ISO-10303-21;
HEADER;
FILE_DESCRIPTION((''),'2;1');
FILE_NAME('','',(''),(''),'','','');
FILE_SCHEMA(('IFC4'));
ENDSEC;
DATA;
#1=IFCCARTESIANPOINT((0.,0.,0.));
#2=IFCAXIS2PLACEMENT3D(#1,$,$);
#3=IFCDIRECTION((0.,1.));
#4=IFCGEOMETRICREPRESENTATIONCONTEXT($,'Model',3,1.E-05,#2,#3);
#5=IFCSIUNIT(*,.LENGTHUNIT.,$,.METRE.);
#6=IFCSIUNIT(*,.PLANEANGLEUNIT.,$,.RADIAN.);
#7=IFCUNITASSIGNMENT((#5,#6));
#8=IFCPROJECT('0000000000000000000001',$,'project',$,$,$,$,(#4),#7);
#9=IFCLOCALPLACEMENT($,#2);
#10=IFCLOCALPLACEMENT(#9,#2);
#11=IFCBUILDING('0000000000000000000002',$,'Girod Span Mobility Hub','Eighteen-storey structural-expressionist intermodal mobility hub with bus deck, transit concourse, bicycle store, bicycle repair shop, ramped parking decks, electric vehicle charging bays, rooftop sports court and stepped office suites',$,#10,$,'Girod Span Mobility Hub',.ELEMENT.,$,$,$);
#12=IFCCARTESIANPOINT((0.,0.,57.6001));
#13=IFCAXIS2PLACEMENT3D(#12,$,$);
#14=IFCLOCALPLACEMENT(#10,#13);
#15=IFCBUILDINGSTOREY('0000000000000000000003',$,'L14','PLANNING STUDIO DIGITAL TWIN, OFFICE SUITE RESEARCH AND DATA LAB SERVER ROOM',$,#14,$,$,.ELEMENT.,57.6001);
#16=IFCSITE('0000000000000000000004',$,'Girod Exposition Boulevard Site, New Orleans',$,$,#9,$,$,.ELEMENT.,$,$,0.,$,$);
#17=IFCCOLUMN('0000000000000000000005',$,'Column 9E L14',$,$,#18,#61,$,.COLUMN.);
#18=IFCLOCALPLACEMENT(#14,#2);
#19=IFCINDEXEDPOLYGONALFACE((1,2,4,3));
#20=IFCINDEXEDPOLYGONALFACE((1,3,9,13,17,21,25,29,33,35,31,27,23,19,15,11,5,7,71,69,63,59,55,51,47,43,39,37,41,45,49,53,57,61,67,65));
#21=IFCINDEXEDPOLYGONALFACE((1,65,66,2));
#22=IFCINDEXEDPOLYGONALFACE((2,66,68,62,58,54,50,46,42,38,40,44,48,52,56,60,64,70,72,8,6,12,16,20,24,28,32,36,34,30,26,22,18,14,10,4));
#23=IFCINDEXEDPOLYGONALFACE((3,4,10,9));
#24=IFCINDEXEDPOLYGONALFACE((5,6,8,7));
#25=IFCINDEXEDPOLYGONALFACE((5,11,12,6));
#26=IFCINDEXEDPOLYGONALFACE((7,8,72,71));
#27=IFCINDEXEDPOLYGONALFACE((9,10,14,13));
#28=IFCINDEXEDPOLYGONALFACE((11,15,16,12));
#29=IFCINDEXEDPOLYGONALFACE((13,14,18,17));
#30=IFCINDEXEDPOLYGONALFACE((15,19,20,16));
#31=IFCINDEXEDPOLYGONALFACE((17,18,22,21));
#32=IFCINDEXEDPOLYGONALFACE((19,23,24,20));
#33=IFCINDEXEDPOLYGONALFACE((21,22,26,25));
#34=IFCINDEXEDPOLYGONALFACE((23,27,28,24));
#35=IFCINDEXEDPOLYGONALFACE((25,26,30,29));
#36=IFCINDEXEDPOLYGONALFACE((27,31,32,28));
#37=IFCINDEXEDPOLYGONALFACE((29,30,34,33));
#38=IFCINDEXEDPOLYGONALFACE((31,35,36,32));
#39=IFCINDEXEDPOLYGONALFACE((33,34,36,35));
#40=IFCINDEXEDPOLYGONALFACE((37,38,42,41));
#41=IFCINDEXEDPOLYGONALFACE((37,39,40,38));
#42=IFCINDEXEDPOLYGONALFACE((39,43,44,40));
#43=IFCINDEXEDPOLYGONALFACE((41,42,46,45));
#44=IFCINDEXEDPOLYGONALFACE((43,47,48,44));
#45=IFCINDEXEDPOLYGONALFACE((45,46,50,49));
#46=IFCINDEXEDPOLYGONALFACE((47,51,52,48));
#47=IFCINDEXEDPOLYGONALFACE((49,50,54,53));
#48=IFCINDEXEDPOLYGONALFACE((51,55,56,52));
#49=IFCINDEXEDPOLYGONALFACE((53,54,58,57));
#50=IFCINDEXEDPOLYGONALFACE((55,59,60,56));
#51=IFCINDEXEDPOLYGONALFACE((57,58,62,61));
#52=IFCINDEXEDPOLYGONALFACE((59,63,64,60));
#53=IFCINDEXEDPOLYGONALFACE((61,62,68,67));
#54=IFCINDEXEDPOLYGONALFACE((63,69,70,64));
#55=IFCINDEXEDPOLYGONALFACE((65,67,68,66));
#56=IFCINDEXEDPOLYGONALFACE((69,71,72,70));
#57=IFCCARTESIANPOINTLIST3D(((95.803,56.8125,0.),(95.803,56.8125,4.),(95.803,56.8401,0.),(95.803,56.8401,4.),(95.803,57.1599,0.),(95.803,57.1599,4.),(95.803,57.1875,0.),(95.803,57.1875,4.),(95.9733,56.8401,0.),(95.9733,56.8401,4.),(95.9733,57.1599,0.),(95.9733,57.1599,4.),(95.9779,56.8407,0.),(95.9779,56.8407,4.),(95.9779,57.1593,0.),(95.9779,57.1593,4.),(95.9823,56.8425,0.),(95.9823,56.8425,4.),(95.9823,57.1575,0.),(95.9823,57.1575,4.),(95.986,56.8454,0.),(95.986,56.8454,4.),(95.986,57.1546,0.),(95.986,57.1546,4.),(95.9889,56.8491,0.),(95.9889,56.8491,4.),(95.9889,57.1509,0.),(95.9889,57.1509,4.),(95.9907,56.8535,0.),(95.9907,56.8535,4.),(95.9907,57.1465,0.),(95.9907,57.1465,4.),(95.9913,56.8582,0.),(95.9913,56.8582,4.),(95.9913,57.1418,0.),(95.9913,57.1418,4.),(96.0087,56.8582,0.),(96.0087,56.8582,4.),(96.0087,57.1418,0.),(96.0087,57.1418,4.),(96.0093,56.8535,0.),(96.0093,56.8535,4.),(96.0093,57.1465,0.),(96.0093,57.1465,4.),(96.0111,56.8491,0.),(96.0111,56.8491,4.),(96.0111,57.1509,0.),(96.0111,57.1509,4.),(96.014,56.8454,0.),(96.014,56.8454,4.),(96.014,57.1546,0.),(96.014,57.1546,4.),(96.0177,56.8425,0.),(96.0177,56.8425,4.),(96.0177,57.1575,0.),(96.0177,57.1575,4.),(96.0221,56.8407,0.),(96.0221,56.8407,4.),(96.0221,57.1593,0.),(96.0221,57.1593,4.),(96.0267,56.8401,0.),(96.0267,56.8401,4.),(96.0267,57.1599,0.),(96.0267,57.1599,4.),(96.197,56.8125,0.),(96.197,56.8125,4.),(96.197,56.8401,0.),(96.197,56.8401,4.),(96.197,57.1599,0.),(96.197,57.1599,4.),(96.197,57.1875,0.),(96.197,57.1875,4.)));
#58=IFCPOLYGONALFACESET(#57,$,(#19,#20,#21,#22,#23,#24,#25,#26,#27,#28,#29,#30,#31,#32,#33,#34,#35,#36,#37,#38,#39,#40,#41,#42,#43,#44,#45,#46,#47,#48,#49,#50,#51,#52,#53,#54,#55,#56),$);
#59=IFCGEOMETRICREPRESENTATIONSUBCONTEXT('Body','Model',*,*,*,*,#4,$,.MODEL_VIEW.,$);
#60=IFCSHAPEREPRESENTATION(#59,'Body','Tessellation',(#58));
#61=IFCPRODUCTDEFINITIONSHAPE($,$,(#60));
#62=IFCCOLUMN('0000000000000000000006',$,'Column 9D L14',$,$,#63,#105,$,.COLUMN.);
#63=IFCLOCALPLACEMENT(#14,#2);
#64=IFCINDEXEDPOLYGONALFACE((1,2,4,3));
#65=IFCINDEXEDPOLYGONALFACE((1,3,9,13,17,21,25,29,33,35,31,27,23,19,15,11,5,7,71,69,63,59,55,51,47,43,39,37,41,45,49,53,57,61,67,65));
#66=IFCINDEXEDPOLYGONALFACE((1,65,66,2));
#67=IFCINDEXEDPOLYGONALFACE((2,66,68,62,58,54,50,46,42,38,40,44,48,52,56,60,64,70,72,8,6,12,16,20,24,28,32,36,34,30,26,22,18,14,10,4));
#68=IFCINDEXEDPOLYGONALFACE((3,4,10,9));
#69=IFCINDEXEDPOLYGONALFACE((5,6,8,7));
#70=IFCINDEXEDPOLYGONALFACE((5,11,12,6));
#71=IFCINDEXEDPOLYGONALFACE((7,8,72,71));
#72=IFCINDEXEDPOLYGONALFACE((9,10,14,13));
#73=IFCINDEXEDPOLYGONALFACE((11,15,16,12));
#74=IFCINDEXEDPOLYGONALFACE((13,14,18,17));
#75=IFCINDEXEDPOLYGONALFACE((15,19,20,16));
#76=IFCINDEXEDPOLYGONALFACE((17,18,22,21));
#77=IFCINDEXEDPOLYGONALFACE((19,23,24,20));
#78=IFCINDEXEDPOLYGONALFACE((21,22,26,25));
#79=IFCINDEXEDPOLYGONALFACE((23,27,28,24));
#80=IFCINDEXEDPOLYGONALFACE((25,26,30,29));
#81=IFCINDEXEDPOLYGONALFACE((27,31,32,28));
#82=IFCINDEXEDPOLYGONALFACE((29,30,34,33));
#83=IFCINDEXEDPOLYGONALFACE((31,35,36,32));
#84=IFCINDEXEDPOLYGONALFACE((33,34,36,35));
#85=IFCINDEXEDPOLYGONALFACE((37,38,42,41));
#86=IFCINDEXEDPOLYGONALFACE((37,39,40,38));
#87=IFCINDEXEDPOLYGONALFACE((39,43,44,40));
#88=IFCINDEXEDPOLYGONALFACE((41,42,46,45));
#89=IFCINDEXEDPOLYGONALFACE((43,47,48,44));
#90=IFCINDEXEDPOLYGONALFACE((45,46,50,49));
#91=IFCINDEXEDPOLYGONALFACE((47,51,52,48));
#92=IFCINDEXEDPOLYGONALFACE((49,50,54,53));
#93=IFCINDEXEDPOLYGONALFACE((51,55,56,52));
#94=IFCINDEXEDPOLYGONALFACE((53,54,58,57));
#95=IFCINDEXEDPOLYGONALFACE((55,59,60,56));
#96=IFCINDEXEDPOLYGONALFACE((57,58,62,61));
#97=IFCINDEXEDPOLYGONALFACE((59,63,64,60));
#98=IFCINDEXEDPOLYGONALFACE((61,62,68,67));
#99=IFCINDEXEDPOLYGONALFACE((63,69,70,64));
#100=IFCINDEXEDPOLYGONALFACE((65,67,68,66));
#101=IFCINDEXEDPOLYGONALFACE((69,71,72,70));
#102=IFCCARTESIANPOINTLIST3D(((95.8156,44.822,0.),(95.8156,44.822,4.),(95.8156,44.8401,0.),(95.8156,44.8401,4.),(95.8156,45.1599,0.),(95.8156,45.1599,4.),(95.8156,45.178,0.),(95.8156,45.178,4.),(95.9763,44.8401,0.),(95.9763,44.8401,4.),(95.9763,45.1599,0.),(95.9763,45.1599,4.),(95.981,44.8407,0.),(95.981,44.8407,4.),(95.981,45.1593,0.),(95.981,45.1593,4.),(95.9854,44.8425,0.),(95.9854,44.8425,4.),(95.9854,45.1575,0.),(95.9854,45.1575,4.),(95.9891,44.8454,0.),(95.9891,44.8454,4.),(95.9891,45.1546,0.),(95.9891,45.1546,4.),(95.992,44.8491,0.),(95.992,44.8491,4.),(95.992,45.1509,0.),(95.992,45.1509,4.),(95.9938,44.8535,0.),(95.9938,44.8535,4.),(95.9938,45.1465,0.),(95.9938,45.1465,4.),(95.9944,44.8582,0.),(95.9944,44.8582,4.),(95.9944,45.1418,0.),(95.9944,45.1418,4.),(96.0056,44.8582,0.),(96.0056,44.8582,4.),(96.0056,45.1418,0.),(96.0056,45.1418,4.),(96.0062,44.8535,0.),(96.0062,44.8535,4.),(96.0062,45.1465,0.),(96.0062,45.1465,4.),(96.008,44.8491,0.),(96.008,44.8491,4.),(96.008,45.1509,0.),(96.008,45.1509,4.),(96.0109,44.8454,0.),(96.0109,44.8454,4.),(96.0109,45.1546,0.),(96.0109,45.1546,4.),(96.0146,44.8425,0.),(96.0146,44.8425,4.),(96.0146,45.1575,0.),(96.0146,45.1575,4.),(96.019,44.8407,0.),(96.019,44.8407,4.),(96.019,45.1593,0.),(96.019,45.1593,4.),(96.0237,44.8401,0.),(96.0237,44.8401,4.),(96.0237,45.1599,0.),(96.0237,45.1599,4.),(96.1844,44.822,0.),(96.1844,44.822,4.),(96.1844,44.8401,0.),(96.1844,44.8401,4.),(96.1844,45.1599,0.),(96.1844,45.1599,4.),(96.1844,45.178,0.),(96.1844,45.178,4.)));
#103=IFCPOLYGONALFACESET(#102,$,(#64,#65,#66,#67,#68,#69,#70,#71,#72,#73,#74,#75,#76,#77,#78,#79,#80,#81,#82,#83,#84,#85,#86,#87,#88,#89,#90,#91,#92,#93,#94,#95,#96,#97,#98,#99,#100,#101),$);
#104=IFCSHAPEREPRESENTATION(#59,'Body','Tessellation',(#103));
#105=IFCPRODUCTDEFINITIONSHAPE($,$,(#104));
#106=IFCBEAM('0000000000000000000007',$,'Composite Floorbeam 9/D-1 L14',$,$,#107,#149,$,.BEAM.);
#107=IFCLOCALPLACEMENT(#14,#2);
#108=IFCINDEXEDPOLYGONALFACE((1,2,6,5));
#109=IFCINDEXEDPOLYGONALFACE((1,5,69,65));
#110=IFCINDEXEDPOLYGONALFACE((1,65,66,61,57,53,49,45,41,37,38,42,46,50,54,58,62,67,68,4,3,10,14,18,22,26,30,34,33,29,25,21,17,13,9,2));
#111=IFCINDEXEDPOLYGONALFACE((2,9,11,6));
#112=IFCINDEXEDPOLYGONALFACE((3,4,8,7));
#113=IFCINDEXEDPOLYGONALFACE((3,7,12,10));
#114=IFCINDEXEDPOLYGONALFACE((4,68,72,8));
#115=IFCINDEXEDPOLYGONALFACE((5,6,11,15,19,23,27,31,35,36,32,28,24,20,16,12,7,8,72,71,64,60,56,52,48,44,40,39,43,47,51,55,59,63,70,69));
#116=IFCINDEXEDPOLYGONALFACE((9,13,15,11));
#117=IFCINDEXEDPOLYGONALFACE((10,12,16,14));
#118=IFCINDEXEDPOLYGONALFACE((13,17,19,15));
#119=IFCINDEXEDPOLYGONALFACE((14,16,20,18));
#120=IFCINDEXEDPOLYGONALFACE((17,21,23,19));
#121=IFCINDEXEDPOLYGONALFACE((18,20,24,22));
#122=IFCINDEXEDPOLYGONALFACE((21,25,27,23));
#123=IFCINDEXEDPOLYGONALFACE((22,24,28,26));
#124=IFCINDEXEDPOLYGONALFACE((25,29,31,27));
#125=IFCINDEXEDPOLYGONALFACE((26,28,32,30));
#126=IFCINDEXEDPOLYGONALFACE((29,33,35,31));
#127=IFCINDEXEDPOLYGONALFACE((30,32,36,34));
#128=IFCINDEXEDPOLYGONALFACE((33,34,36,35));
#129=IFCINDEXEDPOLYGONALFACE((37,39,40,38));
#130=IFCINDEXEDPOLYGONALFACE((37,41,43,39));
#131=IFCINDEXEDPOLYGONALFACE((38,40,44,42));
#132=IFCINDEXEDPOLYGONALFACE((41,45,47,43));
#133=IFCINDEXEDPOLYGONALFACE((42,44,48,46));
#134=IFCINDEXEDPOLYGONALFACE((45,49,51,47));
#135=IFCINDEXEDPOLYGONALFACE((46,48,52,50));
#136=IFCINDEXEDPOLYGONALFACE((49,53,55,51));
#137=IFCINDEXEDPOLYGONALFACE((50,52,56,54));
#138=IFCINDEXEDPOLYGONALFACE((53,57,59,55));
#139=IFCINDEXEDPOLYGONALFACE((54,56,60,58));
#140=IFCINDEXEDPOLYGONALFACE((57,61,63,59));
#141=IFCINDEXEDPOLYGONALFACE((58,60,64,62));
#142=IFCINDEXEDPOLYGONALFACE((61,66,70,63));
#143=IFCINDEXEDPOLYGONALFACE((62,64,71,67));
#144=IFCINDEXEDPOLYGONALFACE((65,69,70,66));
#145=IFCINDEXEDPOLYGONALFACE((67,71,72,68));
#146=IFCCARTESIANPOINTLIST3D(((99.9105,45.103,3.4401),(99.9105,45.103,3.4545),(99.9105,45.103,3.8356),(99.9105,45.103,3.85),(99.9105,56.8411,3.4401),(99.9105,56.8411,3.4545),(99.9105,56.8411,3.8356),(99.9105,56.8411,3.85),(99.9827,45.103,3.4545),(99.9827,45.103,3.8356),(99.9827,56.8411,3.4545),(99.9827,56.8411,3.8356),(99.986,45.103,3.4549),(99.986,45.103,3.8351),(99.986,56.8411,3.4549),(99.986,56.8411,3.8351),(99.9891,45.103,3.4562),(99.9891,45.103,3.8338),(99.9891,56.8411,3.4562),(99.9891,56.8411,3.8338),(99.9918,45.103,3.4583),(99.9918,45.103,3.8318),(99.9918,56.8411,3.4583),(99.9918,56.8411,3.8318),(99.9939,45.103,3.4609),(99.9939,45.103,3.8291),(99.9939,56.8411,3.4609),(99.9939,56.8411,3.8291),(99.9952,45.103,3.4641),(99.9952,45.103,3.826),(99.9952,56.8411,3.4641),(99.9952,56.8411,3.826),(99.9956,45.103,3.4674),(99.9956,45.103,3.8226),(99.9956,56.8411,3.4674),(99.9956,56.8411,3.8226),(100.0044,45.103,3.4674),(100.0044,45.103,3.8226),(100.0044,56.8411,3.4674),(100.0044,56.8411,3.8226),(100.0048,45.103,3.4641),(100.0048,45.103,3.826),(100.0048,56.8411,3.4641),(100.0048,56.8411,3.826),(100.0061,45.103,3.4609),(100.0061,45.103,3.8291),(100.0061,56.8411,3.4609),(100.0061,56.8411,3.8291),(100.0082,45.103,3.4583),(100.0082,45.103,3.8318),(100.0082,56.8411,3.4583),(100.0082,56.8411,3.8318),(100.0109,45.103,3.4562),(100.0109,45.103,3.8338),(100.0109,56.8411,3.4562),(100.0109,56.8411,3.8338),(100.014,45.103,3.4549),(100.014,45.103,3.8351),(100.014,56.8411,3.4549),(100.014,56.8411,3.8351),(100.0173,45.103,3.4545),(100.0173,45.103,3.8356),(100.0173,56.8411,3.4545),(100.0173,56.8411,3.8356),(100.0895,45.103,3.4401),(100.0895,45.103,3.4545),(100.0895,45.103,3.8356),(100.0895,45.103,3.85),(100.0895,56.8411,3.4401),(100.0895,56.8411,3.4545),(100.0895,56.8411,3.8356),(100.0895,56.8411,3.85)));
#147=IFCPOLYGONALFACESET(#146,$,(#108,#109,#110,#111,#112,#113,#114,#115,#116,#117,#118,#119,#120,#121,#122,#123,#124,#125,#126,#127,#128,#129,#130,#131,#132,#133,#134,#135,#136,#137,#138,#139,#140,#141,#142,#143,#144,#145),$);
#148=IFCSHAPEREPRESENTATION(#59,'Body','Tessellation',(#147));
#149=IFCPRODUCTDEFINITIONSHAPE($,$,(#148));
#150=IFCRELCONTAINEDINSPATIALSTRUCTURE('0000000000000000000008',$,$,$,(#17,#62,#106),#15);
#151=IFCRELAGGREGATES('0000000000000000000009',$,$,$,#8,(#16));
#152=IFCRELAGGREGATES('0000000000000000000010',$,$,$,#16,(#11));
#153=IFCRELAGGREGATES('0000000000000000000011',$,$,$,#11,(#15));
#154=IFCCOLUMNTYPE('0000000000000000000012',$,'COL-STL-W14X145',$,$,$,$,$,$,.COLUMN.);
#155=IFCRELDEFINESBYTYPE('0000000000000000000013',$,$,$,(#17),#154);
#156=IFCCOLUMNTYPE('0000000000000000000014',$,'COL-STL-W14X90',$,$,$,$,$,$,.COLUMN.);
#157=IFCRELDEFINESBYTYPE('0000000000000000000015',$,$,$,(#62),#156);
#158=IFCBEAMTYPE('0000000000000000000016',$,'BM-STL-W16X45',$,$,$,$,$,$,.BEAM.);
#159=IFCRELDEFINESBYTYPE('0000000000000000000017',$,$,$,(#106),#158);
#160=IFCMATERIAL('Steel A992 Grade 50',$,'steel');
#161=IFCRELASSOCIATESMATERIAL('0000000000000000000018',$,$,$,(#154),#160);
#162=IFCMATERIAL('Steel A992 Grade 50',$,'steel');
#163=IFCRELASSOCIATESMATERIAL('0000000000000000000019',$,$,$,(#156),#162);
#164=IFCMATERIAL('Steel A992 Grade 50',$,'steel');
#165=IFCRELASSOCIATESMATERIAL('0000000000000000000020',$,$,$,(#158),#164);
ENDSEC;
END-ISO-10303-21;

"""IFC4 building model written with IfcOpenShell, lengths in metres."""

from ifc_helpers import new_model, si_unit, direction, frame, origin, origin_2d, place, context, subcontext, project, spatial, i_section, extrude, material, material_profile, profile_set, type_object, element, save


model = new_model("IFC4")

# Units and contexts
model_context = context("Model", 3, precision=1e-05, world=origin(), true_north=direction((0.0, 1.0)))
body_context = subcontext(model_context, "Body", "Model", "MODEL_VIEW")
ifc_project = project(units=[si_unit("LENGTHUNIT", "METRE"), si_unit("PLANEANGLEUNIT", "RADIAN")], contexts=[model_context])

# Site, building, storey
site_placement = place(None, origin())
site = spatial("IfcSite", under=ifc_project, at=site_placement, Name="Girod Exposition Boulevard Site, New Orleans", CompositionType="ELEMENT", RefElevation=0.0)
building_placement = place(site_placement, origin())
building = spatial("IfcBuilding", under=site, at=building_placement, Name="Girod Span Mobility Hub", Description="Eighteen-storey structural-expressionist intermodal mobility hub with bus deck, transit concourse, bicycle store, bicycle repair shop, ramped parking decks, electric vehicle charging bays, rooftop sports court and stepped office suites", LongName="Girod Span Mobility Hub", CompositionType="ELEMENT")
storey_placement = place(building_placement, frame((0.0, 0.0, 57.6001)))
storey = spatial("IfcBuildingStorey", under=building, at=storey_placement, Name="L14", Description="PLANNING STUDIO DIGITAL TWIN, OFFICE SUITE RESEARCH AND DATA LAB SERVER ROOM", CompositionType="ELEMENT", Elevation=57.6001)

# Columns
ifc_material_1 = material(Name="Steel A992 Grade 50", Category="steel")
ifc_material_profile_1 = material_profile(ifc_material_1, i_section(OverallWidth=0.394, OverallDepth=0.375, WebThickness=0.0173, FlangeThickness=0.0276, FilletRadius=0.0181, at=origin_2d()), Name="W14X145")
ifc_profile_set_1 = profile_set([ifc_material_profile_1], Name="Steel A992 Grade 50")
column_type_1 = type_object("IfcColumnType", Name="COL-STL-W14X145", PredefinedType="COLUMN", material=ifc_profile_set_1)
column_1_placement = place(storey_placement, frame((96.0, 57.0, 0.0), z_axis=(0.0, 0.0, 1.0), x_axis=(1.0, 0.0, 0.0)))
element("IfcColumn", 1, at=column_1_placement, inside=storey, type_object=column_type_1, Name="Column 9E L14", PredefinedType="COLUMN", context=body_context, shape_type="SweptSolid", body=[
    extrude(i_section(OverallWidth=0.394, OverallDepth=0.375, WebThickness=0.0173, FlangeThickness=0.0276, FilletRadius=0.0181, at=origin_2d()), origin(), (0.0, 0.0, 1.0), 4.0),
])
ifc_material_2 = material(Name="Steel A992 Grade 50", Category="steel")
ifc_material_profile_2 = material_profile(ifc_material_2, i_section(OverallWidth=0.3689, OverallDepth=0.356, WebThickness=0.0112, FlangeThickness=0.0181, FilletRadius=0.0181, at=origin_2d()), Name="W14X90")
ifc_profile_set_2 = profile_set([ifc_material_profile_2], Name="Steel A992 Grade 50")
column_type_2 = type_object("IfcColumnType", Name="COL-STL-W14X90", PredefinedType="COLUMN", material=ifc_profile_set_2)
column_2_placement = place(storey_placement, frame((96.0, 45.0, 0.0), z_axis=(0.0, 0.0, 1.0), x_axis=(1.0, 0.0, 0.0)))
element("IfcColumn", 2, at=column_2_placement, inside=storey, type_object=column_type_2, Name="Column 9D L14", PredefinedType="COLUMN", context=body_context, shape_type="SweptSolid", body=[
    extrude(i_section(OverallWidth=0.3689, OverallDepth=0.356, WebThickness=0.0112, FlangeThickness=0.0181, FilletRadius=0.0181, at=origin_2d()), origin(), (0.0, 0.0, 1.0), 4.0),
])

# Beam
ifc_material_3 = material(Name="Steel A992 Grade 50", Category="steel")
ifc_material_profile_3 = material_profile(ifc_material_3, i_section(OverallWidth=0.179, OverallDepth=0.4099, WebThickness=0.0088, FlangeThickness=0.0144, FilletRadius=0.0129, at=origin_2d()), Name="W16X45")
ifc_profile_set_3 = profile_set([ifc_material_profile_3], Name="Steel A992 Grade 50")
beam_type_1 = type_object("IfcBeamType", Name="BM-STL-W16X45", PredefinedType="BEAM", material=ifc_profile_set_3)
beam_1_placement = place(storey_placement, frame((100.0, 45.103, 3.645), z_axis=(0.0, 1.0, 0.0), x_axis=(-1.0, 0.0, 0.0)))
element("IfcBeam", 3, at=beam_1_placement, inside=storey, type_object=beam_type_1, Name="Composite Floorbeam 9/D-1 L14", PredefinedType="BEAM", context=body_context, shape_type="SweptSolid", body=[
    extrude(i_section(OverallWidth=0.179, OverallDepth=0.4099, WebThickness=0.0088, FlangeThickness=0.0144, FilletRadius=0.0129, at=origin_2d()), origin(), (0.0, 0.0, 1.0), 11.738),
])

save(model, "model.ifc")
